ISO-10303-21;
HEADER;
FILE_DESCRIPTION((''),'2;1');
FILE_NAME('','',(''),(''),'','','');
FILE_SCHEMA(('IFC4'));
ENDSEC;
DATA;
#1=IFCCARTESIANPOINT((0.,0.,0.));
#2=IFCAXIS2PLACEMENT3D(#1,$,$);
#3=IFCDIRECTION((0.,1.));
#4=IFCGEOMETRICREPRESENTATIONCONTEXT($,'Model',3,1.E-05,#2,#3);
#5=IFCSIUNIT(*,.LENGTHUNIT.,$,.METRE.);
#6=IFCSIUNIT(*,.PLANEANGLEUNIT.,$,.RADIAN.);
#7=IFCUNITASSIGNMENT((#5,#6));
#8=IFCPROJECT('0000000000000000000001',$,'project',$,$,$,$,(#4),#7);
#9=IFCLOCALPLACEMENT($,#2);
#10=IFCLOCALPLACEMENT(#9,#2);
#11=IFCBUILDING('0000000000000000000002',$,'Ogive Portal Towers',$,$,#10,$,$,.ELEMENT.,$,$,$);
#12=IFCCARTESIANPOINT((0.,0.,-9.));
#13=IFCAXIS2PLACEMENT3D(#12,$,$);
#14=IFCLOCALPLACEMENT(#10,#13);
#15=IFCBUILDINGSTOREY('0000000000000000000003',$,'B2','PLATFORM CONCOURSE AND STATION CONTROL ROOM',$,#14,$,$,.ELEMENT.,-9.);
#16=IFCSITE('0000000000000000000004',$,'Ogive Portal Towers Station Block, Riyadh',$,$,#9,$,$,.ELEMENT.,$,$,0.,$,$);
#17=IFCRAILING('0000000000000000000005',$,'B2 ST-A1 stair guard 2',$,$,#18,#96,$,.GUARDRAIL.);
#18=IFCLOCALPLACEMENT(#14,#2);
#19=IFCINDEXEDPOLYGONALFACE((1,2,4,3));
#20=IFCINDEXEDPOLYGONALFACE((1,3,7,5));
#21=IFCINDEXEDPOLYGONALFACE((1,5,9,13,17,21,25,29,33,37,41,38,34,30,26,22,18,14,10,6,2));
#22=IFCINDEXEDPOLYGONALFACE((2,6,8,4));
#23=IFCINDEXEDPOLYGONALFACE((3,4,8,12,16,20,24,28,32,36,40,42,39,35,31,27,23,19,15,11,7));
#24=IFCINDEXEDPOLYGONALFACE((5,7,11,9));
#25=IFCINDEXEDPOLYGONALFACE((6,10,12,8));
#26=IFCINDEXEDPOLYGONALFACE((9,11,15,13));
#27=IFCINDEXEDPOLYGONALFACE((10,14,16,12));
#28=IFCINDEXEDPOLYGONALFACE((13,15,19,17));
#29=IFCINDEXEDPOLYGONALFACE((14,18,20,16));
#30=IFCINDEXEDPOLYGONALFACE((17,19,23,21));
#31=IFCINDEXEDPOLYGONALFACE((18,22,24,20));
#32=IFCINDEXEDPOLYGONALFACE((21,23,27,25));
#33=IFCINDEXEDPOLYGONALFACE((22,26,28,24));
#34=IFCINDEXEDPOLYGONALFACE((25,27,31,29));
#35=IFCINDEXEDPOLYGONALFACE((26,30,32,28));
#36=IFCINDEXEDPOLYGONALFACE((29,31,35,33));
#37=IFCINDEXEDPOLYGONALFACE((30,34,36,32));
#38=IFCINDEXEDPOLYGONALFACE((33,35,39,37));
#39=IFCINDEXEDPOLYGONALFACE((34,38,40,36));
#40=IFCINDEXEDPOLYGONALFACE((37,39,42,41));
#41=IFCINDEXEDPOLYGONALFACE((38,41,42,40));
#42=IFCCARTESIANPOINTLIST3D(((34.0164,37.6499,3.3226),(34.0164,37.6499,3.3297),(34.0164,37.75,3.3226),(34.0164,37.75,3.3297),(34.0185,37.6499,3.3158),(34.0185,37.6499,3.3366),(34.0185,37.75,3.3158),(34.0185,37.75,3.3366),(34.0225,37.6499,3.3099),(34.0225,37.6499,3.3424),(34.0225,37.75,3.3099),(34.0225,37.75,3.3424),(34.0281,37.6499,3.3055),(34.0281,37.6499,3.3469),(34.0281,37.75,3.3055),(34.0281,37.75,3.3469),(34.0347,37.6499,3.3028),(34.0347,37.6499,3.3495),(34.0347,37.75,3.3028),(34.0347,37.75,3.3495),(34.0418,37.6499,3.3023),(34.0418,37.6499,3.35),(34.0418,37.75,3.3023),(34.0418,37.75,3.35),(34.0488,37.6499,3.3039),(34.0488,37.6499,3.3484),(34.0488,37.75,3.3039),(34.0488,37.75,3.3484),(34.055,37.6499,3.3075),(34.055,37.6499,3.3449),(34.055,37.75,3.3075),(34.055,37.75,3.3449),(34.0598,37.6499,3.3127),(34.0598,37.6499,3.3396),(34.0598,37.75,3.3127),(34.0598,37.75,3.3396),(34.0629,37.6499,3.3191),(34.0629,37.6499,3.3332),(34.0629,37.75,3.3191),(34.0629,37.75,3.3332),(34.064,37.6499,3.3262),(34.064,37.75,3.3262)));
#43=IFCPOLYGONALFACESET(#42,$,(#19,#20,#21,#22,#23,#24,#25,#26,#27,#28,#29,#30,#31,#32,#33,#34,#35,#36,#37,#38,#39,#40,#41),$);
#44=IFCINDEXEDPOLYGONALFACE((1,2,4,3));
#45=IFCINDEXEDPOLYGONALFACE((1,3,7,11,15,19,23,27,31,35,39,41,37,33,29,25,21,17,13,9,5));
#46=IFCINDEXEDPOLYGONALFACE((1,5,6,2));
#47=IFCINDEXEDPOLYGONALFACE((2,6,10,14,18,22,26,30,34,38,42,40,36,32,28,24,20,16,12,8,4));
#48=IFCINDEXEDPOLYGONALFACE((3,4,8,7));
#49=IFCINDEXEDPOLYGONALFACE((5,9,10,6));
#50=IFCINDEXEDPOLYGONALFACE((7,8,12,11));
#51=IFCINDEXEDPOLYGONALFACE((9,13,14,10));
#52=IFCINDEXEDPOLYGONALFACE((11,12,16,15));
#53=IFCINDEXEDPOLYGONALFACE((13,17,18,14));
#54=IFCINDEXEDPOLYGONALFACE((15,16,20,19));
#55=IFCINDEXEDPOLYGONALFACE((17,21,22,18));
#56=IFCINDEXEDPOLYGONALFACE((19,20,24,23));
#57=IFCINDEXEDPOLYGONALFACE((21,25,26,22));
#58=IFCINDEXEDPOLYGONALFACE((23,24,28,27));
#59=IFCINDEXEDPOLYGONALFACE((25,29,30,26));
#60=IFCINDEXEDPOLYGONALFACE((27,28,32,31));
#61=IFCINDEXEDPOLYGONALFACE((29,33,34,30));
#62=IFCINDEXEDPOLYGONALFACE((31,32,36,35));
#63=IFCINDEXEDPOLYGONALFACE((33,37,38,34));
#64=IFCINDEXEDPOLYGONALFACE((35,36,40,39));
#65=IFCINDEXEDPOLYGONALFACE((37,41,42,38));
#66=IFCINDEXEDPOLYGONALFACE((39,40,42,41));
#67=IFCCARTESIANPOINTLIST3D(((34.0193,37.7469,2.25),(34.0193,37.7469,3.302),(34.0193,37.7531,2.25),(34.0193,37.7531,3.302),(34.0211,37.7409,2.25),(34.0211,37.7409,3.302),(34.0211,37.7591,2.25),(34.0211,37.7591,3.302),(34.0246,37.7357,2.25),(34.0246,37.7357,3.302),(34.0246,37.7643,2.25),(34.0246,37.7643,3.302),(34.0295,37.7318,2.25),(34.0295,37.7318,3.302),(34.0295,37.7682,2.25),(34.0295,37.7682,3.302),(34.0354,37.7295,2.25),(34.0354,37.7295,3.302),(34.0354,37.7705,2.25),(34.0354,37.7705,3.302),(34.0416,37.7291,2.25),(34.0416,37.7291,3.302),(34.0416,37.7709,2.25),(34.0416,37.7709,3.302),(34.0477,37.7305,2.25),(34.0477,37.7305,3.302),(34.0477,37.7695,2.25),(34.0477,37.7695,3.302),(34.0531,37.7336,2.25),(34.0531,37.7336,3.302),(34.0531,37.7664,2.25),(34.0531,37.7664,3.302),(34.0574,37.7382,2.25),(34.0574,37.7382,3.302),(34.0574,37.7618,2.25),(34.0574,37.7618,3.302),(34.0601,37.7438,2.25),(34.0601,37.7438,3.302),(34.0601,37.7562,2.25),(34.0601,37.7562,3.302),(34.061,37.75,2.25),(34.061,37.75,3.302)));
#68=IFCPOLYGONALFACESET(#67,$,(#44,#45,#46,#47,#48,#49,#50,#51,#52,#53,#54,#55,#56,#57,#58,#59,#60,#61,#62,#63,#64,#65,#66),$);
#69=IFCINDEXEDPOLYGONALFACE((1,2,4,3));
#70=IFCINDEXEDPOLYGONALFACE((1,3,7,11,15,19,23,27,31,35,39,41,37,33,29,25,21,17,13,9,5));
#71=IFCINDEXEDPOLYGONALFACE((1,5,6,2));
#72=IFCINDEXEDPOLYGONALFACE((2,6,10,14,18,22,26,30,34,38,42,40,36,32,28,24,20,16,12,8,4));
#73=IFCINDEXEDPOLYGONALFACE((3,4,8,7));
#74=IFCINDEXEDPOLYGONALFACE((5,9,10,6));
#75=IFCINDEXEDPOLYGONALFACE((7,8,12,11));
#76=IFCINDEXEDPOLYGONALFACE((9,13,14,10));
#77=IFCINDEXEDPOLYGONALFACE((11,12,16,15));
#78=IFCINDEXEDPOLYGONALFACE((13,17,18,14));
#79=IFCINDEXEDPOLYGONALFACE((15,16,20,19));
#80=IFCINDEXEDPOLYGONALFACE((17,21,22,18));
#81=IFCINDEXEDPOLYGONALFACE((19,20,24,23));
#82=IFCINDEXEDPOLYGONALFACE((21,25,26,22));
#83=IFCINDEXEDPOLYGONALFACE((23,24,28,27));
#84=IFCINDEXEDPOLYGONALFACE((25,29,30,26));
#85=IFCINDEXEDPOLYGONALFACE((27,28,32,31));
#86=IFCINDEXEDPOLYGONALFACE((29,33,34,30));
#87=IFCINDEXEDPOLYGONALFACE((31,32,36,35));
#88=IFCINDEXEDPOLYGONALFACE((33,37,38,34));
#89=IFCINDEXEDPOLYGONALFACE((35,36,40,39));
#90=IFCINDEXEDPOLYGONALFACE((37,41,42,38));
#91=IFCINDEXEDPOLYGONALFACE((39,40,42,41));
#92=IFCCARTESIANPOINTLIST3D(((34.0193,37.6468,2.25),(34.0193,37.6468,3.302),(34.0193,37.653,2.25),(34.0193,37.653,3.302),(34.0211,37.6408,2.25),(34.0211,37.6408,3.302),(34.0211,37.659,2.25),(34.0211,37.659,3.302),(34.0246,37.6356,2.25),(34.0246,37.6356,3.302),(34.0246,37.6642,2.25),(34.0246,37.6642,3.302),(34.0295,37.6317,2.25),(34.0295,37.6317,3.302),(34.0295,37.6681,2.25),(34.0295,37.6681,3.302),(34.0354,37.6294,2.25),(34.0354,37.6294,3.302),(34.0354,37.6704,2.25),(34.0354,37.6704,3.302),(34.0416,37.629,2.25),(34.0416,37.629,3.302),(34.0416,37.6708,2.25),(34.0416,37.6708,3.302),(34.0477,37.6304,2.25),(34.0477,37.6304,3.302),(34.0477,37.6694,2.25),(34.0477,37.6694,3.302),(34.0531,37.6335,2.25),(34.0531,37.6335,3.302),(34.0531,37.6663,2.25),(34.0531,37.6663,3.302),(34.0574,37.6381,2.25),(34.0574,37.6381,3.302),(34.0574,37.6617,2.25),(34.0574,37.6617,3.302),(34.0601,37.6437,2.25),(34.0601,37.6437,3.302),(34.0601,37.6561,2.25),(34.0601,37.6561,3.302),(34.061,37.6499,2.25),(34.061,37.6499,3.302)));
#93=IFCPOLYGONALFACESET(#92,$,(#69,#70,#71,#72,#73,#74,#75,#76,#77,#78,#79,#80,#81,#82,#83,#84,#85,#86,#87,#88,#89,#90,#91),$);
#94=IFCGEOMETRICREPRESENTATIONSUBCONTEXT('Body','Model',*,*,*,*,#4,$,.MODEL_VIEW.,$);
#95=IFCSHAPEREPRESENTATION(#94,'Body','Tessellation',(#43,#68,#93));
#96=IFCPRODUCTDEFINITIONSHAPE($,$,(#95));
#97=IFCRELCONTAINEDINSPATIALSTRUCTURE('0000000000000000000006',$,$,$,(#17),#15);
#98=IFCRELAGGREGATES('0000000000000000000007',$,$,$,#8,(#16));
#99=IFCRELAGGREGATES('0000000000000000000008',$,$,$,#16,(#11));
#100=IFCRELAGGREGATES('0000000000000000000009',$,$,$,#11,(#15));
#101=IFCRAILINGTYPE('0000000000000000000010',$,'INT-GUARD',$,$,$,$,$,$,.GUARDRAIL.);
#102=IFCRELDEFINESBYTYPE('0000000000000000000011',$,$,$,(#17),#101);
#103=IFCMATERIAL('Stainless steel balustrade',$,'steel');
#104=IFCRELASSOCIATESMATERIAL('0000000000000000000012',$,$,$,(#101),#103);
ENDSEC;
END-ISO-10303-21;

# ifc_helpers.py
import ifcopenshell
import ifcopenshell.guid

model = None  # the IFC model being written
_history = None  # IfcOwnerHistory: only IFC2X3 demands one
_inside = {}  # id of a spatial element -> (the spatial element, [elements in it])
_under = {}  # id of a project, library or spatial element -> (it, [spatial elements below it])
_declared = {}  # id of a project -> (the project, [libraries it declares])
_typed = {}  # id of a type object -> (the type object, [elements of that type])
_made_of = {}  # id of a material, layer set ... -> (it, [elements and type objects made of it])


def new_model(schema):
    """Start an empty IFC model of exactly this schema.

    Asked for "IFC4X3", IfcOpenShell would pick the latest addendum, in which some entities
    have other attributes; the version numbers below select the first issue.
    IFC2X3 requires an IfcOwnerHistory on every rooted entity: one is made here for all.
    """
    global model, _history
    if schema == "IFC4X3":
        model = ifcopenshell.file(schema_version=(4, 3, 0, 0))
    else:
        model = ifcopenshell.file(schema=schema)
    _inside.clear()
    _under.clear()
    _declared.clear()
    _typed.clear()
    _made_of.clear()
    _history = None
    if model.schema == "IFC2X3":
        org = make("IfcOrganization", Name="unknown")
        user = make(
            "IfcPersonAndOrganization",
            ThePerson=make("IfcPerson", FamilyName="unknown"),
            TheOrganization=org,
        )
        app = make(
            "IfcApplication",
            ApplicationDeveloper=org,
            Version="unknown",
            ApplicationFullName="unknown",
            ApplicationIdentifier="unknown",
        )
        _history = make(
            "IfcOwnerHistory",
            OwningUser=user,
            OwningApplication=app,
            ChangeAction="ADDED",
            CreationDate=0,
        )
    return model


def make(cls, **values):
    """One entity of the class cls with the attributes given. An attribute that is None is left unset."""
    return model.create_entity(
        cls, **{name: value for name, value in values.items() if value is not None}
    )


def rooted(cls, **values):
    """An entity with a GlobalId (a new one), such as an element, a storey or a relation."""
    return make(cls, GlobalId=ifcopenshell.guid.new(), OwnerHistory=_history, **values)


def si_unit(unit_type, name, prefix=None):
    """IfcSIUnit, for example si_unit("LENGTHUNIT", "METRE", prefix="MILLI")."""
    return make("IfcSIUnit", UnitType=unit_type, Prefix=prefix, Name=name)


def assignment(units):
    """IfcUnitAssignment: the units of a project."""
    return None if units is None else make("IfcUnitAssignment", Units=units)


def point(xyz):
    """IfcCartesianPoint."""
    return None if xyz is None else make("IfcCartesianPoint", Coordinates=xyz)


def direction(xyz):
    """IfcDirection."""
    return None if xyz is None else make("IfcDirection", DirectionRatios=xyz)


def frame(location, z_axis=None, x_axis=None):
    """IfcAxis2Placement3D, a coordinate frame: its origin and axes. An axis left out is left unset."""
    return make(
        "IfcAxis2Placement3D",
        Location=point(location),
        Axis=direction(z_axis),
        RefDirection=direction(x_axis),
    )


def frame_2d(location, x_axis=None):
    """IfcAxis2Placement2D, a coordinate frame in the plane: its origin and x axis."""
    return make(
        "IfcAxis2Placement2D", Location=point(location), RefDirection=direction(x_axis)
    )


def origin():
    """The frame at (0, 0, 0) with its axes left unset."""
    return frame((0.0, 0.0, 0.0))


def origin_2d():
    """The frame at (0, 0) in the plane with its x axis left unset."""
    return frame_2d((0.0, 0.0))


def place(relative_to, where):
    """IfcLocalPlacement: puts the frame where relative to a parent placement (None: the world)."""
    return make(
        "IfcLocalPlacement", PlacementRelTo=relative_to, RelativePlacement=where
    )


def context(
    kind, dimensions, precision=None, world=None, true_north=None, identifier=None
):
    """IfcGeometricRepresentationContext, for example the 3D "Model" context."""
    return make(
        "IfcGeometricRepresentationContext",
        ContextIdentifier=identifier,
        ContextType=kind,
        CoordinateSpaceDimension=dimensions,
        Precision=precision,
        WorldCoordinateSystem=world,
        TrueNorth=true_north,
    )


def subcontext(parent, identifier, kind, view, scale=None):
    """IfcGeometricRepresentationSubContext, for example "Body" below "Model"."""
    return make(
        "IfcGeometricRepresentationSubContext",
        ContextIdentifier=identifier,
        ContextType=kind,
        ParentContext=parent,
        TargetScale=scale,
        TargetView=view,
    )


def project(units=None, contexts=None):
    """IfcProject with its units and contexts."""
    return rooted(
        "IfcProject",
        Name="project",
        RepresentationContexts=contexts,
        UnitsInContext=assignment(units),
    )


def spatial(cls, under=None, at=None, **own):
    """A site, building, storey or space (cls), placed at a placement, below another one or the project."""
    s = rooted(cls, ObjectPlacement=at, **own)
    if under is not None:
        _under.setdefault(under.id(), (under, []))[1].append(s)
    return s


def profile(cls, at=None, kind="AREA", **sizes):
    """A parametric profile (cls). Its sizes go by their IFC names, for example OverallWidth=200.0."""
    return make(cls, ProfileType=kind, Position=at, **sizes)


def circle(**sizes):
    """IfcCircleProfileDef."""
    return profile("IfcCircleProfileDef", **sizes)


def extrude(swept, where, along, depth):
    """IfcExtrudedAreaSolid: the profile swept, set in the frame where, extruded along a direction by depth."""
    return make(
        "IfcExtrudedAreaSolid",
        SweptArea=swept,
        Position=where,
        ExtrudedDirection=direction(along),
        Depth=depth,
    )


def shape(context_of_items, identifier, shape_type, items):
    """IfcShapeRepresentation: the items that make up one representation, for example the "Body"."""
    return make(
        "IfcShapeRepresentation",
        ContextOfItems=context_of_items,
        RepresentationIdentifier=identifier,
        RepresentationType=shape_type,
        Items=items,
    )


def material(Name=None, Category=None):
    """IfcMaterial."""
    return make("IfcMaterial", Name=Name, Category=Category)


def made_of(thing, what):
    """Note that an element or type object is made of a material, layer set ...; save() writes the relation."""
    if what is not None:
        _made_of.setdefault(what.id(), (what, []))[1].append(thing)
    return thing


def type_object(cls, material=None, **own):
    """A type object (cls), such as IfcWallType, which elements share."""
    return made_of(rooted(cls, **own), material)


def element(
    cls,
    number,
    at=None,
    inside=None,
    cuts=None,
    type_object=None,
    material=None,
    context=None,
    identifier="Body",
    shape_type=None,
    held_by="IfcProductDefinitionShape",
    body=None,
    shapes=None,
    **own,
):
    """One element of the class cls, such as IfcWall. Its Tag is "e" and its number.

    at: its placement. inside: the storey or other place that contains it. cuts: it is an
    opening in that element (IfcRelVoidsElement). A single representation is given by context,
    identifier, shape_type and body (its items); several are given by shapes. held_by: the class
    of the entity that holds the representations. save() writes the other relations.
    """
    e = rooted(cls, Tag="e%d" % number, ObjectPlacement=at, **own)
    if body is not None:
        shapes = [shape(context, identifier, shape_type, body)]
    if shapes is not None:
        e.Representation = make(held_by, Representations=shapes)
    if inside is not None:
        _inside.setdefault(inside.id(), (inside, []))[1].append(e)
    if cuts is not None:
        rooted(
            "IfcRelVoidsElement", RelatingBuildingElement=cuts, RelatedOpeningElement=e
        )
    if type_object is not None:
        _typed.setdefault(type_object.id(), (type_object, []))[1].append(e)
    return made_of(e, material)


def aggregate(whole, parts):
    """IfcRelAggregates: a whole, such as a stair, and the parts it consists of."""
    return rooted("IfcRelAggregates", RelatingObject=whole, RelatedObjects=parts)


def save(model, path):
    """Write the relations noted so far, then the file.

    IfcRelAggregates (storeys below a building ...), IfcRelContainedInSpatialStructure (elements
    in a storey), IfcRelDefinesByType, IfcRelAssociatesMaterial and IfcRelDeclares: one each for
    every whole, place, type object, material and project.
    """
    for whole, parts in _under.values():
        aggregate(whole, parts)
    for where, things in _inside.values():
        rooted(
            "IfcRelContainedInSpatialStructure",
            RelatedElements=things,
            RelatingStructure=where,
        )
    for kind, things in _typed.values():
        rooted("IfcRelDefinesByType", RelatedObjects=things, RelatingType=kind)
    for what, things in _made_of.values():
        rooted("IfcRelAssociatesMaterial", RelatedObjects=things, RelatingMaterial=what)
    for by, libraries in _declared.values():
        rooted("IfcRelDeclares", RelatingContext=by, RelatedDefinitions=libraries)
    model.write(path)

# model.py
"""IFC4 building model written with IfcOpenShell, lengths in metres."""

from ifc_helpers import new_model, si_unit, direction, frame, origin, origin_2d, place, context, subcontext, project, spatial, circle, extrude, material, type_object, element, save


model = new_model("IFC4")

# Units and contexts
model_context = context("Model", 3, precision=1e-05, world=origin(), true_north=direction((0.0, 1.0)))
body_context = subcontext(model_context, "Body", "Model", "MODEL_VIEW")
ifc_project = project(units=[si_unit("LENGTHUNIT", "METRE"), si_unit("PLANEANGLEUNIT", "RADIAN")], contexts=[model_context])

# Site, building, storey
site_placement = place(None, origin())
site = spatial("IfcSite", under=ifc_project, at=site_placement, Name="Ogive Portal Towers Station Block, Riyadh", CompositionType="ELEMENT", RefElevation=0.0)
building_placement = place(site_placement, origin())
building = spatial("IfcBuilding", under=site, at=building_placement, Name="Ogive Portal Towers", CompositionType="ELEMENT")
storey_placement = place(building_placement, frame((0.0, 0.0, -9.0)))
storey = spatial("IfcBuildingStorey", under=building, at=storey_placement, Name="B2", Description="PLATFORM CONCOURSE AND STATION CONTROL ROOM", CompositionType="ELEMENT", Elevation=-9.0)

# Railing
ifc_material_1 = material(Name="Stainless steel balustrade", Category="steel")
railing_type_1 = type_object("IfcRailingType", Name="INT-GUARD", PredefinedType="GUARDRAIL", material=ifc_material_1)
railing_1_placement = place(storey_placement, frame((34.04, 37.75, 2.25)))
element("IfcRailing", 1, at=railing_1_placement, inside=storey, type_object=railing_type_1, Name="B2 ST-A1 stair guard 2", PredefinedType="GUARDRAIL", context=body_context, shape_type="SweptSolid", body=[
    extrude(circle(Radius=0.0239, at=origin_2d()), frame((0.0, 0.0, 1.0762), z_axis=(0.0, -1.0, 0.0), x_axis=(1.0, 0.0, 0.0)), (0.0, 0.0, 1.0), 0.1001),
    extrude(circle(Radius=0.021, at=origin_2d()), origin(), (0.0, 0.0, 1.0), 1.052),
    extrude(circle(Radius=0.021, at=origin_2d()), frame((0.0, -0.1001, 0.0)), (0.0, 0.0, 1.0), 1.052),
])

save(model, "model.ifc")
